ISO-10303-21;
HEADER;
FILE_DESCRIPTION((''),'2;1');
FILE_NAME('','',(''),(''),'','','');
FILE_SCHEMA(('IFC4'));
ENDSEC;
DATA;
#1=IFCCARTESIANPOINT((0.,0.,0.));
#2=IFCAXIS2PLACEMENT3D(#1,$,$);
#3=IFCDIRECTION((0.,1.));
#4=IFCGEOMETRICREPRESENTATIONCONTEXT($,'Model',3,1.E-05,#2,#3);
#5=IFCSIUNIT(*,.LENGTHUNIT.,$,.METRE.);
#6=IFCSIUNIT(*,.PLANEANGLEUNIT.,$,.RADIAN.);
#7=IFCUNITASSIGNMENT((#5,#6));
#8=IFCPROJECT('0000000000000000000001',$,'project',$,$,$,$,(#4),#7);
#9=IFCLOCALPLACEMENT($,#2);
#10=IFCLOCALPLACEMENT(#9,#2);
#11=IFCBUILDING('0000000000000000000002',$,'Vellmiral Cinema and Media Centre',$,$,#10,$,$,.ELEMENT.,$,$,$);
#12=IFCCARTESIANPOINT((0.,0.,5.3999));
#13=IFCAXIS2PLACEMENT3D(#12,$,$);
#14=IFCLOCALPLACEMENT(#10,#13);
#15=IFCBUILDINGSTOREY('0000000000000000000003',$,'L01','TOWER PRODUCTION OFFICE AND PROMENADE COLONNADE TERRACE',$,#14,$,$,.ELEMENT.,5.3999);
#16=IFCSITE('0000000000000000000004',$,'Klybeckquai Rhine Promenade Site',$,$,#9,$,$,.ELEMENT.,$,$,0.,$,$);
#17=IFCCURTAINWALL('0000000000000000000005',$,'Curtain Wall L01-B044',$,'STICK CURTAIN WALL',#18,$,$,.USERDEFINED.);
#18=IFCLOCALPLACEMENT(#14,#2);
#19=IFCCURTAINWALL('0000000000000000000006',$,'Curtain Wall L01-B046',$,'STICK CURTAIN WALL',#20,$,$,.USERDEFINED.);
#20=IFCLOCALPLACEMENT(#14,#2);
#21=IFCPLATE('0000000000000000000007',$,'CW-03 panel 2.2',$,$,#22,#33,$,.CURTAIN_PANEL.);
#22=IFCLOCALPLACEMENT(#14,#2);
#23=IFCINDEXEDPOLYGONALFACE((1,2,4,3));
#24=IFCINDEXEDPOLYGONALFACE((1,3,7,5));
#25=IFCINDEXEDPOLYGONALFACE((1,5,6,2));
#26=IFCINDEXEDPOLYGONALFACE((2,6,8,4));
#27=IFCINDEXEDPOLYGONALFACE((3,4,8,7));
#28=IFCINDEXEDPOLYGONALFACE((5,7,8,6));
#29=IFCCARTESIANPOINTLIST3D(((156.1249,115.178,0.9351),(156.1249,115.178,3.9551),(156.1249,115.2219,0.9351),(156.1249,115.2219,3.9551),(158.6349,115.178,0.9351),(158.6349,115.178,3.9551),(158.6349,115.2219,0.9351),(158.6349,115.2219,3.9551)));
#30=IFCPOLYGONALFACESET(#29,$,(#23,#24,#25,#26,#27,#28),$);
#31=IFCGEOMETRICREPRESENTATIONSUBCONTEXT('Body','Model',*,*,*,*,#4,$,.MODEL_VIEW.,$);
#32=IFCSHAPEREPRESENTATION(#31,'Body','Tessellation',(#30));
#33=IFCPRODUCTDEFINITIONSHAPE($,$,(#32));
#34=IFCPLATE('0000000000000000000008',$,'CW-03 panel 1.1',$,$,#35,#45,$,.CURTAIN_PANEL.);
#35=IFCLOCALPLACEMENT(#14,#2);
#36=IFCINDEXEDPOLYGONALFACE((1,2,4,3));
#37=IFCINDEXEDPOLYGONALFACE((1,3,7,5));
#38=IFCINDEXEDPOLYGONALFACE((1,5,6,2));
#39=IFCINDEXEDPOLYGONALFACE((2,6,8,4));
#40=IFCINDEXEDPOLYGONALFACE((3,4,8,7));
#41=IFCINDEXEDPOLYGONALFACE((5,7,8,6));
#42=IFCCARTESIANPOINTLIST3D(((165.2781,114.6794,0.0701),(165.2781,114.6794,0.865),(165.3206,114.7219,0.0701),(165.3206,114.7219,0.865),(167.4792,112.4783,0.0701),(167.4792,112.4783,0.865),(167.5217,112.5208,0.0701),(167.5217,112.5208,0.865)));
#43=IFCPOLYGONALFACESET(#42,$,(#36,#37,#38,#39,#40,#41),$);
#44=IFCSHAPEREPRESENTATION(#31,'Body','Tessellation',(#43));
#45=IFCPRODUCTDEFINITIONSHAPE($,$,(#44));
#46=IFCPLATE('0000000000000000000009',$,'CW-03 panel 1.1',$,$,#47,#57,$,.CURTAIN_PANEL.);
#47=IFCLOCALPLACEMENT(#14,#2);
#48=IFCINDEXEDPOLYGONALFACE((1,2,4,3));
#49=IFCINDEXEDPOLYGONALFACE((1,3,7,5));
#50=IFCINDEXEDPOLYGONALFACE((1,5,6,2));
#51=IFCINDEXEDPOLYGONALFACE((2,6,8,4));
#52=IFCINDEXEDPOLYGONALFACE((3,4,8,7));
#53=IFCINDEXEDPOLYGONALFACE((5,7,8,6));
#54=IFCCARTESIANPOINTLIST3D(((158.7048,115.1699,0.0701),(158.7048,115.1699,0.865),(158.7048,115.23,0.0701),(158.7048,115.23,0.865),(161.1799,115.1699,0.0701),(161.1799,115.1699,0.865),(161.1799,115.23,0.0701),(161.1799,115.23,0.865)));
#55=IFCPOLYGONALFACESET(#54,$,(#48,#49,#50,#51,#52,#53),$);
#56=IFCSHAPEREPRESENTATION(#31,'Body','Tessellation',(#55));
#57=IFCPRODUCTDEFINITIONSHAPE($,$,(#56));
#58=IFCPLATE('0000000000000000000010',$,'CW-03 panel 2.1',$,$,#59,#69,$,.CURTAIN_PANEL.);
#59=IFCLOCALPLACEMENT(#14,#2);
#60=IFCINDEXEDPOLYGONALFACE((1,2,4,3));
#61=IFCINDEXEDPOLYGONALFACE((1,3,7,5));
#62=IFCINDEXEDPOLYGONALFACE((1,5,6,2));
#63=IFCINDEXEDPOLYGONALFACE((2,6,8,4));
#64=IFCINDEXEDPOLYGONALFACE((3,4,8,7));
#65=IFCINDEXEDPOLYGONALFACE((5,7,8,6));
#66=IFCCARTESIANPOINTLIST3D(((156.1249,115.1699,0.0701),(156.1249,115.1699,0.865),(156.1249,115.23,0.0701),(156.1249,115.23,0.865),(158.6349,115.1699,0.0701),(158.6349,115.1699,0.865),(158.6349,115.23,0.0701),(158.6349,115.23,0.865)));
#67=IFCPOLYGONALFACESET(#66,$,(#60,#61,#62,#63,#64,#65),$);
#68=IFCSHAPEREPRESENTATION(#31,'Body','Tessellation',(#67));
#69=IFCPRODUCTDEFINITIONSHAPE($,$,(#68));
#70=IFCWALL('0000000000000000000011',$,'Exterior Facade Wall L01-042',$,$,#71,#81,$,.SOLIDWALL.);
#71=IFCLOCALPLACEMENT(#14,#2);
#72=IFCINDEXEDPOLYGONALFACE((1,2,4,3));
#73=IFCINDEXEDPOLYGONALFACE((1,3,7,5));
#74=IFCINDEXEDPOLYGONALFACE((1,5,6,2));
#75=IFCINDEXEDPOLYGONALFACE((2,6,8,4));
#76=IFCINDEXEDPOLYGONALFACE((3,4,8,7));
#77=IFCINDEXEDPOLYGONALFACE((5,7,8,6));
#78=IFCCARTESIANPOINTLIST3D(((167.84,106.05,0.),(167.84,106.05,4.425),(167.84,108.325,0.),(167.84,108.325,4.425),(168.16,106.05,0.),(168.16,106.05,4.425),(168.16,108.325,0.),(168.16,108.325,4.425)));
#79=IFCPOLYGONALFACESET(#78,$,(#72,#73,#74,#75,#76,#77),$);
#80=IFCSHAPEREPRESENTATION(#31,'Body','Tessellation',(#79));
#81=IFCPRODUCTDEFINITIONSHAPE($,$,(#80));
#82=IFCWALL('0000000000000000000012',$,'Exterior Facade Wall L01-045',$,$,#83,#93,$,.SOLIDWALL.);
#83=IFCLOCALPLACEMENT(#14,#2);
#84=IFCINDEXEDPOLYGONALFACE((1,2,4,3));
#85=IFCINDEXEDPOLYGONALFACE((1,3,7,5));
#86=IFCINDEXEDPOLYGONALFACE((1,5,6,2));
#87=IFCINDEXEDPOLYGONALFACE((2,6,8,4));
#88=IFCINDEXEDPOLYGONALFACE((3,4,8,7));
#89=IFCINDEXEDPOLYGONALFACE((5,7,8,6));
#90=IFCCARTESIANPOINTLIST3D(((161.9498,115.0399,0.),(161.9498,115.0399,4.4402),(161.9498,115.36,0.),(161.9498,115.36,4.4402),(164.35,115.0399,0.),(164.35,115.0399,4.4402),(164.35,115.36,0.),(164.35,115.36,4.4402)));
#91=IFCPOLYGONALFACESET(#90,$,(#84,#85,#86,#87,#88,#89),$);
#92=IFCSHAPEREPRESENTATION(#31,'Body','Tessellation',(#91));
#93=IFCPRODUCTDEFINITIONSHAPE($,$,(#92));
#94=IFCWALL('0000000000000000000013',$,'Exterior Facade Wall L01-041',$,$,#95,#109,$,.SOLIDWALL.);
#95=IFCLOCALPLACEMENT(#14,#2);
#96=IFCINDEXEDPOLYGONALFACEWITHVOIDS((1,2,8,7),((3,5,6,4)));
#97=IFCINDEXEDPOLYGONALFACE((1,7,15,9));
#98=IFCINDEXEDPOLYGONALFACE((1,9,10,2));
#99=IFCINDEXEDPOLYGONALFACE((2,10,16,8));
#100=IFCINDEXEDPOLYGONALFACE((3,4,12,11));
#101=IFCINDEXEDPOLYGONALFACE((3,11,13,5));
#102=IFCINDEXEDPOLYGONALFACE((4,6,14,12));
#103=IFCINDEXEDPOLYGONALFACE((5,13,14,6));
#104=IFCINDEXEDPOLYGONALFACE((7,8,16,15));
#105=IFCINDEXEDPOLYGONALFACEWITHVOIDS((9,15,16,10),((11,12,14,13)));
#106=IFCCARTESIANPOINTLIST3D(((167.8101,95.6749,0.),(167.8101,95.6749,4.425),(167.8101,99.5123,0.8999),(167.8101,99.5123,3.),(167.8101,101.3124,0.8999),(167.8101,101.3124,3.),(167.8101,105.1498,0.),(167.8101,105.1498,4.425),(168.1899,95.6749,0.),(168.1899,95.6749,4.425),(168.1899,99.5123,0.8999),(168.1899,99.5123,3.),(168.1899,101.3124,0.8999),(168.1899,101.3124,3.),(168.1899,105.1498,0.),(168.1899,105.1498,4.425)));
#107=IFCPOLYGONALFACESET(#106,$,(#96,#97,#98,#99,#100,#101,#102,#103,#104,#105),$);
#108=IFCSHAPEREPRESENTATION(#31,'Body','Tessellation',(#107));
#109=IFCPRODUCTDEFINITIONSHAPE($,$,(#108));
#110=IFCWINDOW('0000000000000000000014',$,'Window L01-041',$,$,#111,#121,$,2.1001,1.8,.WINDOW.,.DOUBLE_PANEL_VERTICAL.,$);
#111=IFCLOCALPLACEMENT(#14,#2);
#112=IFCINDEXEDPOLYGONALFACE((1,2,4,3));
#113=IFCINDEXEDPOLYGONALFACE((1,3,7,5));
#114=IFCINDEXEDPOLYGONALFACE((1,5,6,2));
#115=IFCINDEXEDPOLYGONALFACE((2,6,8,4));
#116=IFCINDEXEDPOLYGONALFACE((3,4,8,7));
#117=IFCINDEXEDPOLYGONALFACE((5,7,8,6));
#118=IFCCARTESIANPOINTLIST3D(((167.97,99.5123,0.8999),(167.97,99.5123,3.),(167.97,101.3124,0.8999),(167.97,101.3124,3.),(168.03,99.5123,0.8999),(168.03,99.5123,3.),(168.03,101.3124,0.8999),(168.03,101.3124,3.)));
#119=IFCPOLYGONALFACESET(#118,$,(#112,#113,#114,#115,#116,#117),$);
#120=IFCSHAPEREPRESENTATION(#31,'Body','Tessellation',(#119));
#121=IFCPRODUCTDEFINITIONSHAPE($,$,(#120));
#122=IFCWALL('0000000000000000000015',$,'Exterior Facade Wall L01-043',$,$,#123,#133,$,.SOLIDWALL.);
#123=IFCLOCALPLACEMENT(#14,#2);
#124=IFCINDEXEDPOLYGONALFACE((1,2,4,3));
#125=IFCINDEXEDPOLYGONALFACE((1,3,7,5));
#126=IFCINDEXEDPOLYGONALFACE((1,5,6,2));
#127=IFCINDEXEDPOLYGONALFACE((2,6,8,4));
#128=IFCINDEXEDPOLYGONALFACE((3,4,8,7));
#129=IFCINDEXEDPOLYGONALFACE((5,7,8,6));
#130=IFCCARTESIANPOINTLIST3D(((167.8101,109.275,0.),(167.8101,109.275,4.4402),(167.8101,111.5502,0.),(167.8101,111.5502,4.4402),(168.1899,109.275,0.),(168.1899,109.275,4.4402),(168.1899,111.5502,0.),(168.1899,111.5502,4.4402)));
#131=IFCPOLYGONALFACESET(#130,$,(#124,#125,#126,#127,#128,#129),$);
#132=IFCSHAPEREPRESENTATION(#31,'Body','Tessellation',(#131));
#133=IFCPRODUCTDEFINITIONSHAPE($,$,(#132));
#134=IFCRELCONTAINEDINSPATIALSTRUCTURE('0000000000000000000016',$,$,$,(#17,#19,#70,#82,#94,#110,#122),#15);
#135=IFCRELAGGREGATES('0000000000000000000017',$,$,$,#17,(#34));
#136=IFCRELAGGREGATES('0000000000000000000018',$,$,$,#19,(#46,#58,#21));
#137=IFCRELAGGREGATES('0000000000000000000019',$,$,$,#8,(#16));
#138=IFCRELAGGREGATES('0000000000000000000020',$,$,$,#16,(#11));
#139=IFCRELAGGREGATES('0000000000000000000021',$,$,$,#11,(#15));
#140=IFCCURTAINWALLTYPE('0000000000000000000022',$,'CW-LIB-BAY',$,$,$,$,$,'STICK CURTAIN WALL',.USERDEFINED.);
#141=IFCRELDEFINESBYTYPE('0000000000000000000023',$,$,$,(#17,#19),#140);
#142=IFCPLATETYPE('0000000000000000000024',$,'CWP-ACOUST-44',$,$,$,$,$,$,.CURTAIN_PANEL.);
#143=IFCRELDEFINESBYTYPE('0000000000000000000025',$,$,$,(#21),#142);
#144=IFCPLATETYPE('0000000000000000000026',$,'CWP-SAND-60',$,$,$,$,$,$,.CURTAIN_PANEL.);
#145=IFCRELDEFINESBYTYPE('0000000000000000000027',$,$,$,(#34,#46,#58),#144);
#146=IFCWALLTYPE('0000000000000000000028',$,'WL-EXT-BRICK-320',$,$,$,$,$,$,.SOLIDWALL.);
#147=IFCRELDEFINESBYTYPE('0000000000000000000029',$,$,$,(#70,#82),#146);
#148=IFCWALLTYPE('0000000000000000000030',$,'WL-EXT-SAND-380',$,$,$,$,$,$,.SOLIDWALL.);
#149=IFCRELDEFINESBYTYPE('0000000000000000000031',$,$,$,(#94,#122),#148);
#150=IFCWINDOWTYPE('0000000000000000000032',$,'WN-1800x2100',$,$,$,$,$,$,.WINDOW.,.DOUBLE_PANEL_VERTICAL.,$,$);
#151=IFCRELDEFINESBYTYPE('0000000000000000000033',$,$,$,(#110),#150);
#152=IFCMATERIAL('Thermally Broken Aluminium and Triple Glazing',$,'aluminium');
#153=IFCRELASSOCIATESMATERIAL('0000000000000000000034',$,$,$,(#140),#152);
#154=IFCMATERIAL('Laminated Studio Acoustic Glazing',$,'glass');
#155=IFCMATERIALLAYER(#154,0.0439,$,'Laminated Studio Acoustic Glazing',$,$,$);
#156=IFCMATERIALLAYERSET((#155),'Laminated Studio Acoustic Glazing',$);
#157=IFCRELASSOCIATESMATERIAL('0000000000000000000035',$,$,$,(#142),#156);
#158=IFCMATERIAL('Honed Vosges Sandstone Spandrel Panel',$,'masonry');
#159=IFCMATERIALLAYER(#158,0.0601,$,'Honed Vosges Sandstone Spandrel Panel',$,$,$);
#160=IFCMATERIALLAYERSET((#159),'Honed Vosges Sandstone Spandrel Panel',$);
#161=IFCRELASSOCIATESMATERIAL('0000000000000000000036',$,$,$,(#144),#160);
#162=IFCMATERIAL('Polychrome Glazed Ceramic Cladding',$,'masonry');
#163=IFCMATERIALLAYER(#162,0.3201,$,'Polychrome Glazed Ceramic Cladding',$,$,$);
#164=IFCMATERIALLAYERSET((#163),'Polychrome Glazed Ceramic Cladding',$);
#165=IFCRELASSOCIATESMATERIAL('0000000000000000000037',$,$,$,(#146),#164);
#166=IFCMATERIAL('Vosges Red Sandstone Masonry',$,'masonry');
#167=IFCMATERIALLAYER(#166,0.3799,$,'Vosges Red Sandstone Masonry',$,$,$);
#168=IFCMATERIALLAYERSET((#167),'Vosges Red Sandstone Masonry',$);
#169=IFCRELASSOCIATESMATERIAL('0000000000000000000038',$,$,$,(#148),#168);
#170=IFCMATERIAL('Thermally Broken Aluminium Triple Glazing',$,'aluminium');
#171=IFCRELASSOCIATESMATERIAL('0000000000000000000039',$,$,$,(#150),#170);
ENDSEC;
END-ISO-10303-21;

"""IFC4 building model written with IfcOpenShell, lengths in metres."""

from ifc_helpers import new_model, si_unit, direction, frame, frame_2d, origin, origin_2d, place, context, subcontext, project, spatial, rectangle, extrude, material, layer, layer_set, type_object, element, fill, aggregate, save


model = new_model("IFC4")

# Units and contexts
model_context = context("Model", 3, precision=1e-05, world=origin(), true_north=direction((0.0, 1.0)))
body_context = subcontext(model_context, "Body", "Model", "MODEL_VIEW")
ifc_project = project(units=[si_unit("LENGTHUNIT", "METRE"), si_unit("PLANEANGLEUNIT", "RADIAN")], contexts=[model_context])

# Site, building, storey
site_placement = place(None, origin())
site = spatial("IfcSite", under=ifc_project, at=site_placement, Name="Klybeckquai Rhine Promenade Site", CompositionType="ELEMENT", RefElevation=0.0)
building_placement = place(site_placement, origin())
building = spatial("IfcBuilding", under=site, at=building_placement, Name="Vellmiral Cinema and Media Centre", CompositionType="ELEMENT")
storey_placement = place(building_placement, frame((0.0, 0.0, 5.3999)))
storey = spatial("IfcBuildingStorey", under=building, at=storey_placement, Name="L01", Description="TOWER PRODUCTION OFFICE AND PROMENADE COLONNADE TERRACE", CompositionType="ELEMENT", Elevation=5.3999)

# Curtain walls
ifc_material_1 = material(Name="Thermally Broken Aluminium and Triple Glazing", Category="aluminium")
curtain_wall_type = type_object("IfcCurtainWallType", Name="CW-LIB-BAY", ElementType="STICK CURTAIN WALL", PredefinedType="USERDEFINED", material=ifc_material_1)
curtain_wall_1_placement = place(storey_placement, origin())
curtain_wall_1 = element("IfcCurtainWall", 1, at=curtain_wall_1_placement, inside=storey, type_object=curtain_wall_type, Name="Curtain Wall L01-B044", ObjectType="STICK CURTAIN WALL", PredefinedType="USERDEFINED")
curtain_wall_2_placement = place(storey_placement, origin())
curtain_wall_2 = element("IfcCurtainWall", 2, at=curtain_wall_2_placement, inside=storey, type_object=curtain_wall_type, Name="Curtain Wall L01-B046", ObjectType="STICK CURTAIN WALL", PredefinedType="USERDEFINED")

# Plates
ifc_material_2 = material(Name="Laminated Studio Acoustic Glazing", Category="glass")
ifc_layer_1 = layer(ifc_material_2, 0.0439, Name="Laminated Studio Acoustic Glazing")
ifc_layer_set_1 = layer_set([ifc_layer_1], Name="Laminated Studio Acoustic Glazing")
plate_type_1 = type_object("IfcPlateType", Name="CWP-ACOUST-44", PredefinedType="CURTAIN_PANEL", material=ifc_layer_set_1)
plate_1_placement = place(storey_placement, frame((157.3799, 115.2, 0.9351), z_axis=(0.0, 0.0, 1.0), x_axis=(-1.0, 0.0, 0.0)))
plate_1 = element("IfcPlate", 3, at=plate_1_placement, type_object=plate_type_1, Name="CW-03 panel 2.2", PredefinedType="CURTAIN_PANEL", context=body_context, shape_type="SweptSolid", body=[
    extrude(rectangle(XDim=2.51, YDim=0.0439, at=origin_2d()), origin(), (0.0, 0.0, 1.0), 3.02),
])
ifc_material_3 = material(Name="Honed Vosges Sandstone Spandrel Panel", Category="masonry")
ifc_layer_2 = layer(ifc_material_3, 0.0601, Name="Honed Vosges Sandstone Spandrel Panel")
ifc_layer_set_2 = layer_set([ifc_layer_2], Name="Honed Vosges Sandstone Spandrel Panel")
plate_type_2 = type_object("IfcPlateType", Name="CWP-SAND-60", PredefinedType="CURTAIN_PANEL", material=ifc_layer_set_2)
plate_2_placement = place(storey_placement, frame((166.3999, 113.6001, 0.0701), z_axis=(0.0, 0.0, 1.0), x_axis=(-0.707107, 0.707107, 0.0)))
plate_2 = element("IfcPlate", 4, at=plate_2_placement, type_object=plate_type_2, Name="CW-03 panel 1.1", PredefinedType="CURTAIN_PANEL", context=body_context, shape_type="SweptSolid", body=[
    extrude(rectangle(XDim=3.1128, YDim=0.0601, at=origin_2d()), origin(), (0.0, 0.0, 1.0), 0.7949),
])
aggregate(curtain_wall_1, [plate_2])
plate_3_placement = place(storey_placement, frame((159.9424, 115.2, 0.0701), z_axis=(0.0, 0.0, 1.0), x_axis=(-1.0, 0.0, 0.0)))
plate_3 = element("IfcPlate", 5, at=plate_3_placement, type_object=plate_type_2, Name="CW-03 panel 1.1", PredefinedType="CURTAIN_PANEL", context=body_context, shape_type="SweptSolid", body=[
    extrude(rectangle(XDim=2.4751, YDim=0.0601, at=origin_2d()), origin(), (0.0, 0.0, 1.0), 0.7949),
])
plate_4_placement = place(storey_placement, frame((157.3799, 115.2, 0.0701), z_axis=(0.0, 0.0, 1.0), x_axis=(-1.0, 0.0, 0.0)))
plate_4 = element("IfcPlate", 6, at=plate_4_placement, type_object=plate_type_2, Name="CW-03 panel 2.1", PredefinedType="CURTAIN_PANEL", context=body_context, shape_type="SweptSolid", body=[
    extrude(rectangle(XDim=2.51, YDim=0.0601, at=origin_2d()), origin(), (0.0, 0.0, 1.0), 0.7949),
])
aggregate(curtain_wall_2, [plate_3, plate_4, plate_1])

# Walls
ifc_material_4 = material(Name="Polychrome Glazed Ceramic Cladding", Category="masonry")
ifc_layer_3 = layer(ifc_material_4, 0.3201, Name="Polychrome Glazed Ceramic Cladding")
ifc_layer_set_3 = layer_set([ifc_layer_3], Name="Polychrome Glazed Ceramic Cladding")
wall_type_1 = type_object("IfcWallType", Name="WL-EXT-BRICK-320", PredefinedType="SOLIDWALL", material=ifc_layer_set_3)
wall_1_placement = place(storey_placement, frame((168.0, 106.05, 0.0), z_axis=(0.0, 0.0, 1.0), x_axis=(0.0, 1.0, 0.0)))
element("IfcWall", 7, at=wall_1_placement, inside=storey, type_object=wall_type_1, Name="Exterior Facade Wall L01-042", PredefinedType="SOLIDWALL", context=body_context, shape_type="SweptSolid", body=[
    extrude(rectangle(XDim=2.2749, YDim=0.3201, at=frame_2d((1.1375, 0.0))), origin(), (0.0, 0.0, 1.0), 4.425),
])
wall_2_placement = place(storey_placement, frame((164.3501, 115.2, 0.0), z_axis=(0.0, 0.0, 1.0), x_axis=(-1.0, 0.0, 0.0)))
element("IfcWall", 8, at=wall_2_placement, inside=storey, type_object=wall_type_1, Name="Exterior Facade Wall L01-045", PredefinedType="SOLIDWALL", context=body_context, shape_type="SweptSolid", body=[
    extrude(rectangle(XDim=2.4001, YDim=0.3201, at=frame_2d((1.2002, 0.0))), origin(), (0.0, 0.0, 1.0), 4.4402),
])

# Wall, opening, window
ifc_material_5 = material(Name="Vosges Red Sandstone Masonry", Category="masonry")
ifc_layer_4 = layer(ifc_material_5, 0.3799, Name="Vosges Red Sandstone Masonry")
ifc_layer_set_4 = layer_set([ifc_layer_4], Name="Vosges Red Sandstone Masonry")
wall_type_2 = type_object("IfcWallType", Name="WL-EXT-SAND-380", PredefinedType="SOLIDWALL", material=ifc_layer_set_4)
wall_3_placement = place(storey_placement, frame((168.0, 95.675, 0.0), z_axis=(0.0, 0.0, 1.0), x_axis=(0.0, 1.0, 0.0)))
wall_3 = element("IfcWall", 9, at=wall_3_placement, inside=storey, type_object=wall_type_2, Name="Exterior Facade Wall L01-041", PredefinedType="SOLIDWALL", context=body_context, shape_type="SweptSolid", body=[
    extrude(rectangle(XDim=9.4749, YDim=0.3799, at=frame_2d((4.7373, 0.0))), origin(), (0.0, 0.0, 1.0), 4.425),
])
opening_placement = place(wall_3_placement, frame((3.8374, 0.0, 0.8999)))
opening = element("IfcOpeningElement", 10, at=opening_placement, cuts=wall_3, PredefinedType="OPENING", context=body_context, shape_type="SweptSolid", body=[
    extrude(rectangle(XDim=1.8, YDim=2.1001, at=frame_2d((0.8999, 1.05))), frame((0.0, 0.2019, 0.0), z_axis=(0.0, -1.0, 0.0), x_axis=(1.0, 0.0, 0.0)), (0.0, 0.0, 1.0), 0.4038),
])
ifc_material_6 = material(Name="Thermally Broken Aluminium Triple Glazing", Category="aluminium")
window_type = type_object("IfcWindowType", Name="WN-1800x2100", PartitioningType="DOUBLE_PANEL_VERTICAL", PredefinedType="WINDOW", material=ifc_material_6)
window_placement = place(opening_placement, origin())
window = element("IfcWindow", 11, at=window_placement, inside=storey, type_object=window_type, Name="Window L01-041", OverallHeight=2.1001, OverallWidth=1.8, PartitioningType="DOUBLE_PANEL_VERTICAL", PredefinedType="WINDOW", context=body_context, shape_type="SweptSolid", body=[
    extrude(rectangle(XDim=1.8, YDim=2.1001, at=frame_2d((0.8999, 1.05))), frame((0.0, 0.03, 0.0), z_axis=(0.0, -1.0, 0.0), x_axis=(1.0, 0.0, 0.0)), (0.0, 0.0, 1.0), 0.0601),
])
fill(opening, window)

# Wall
wall_4_placement = place(storey_placement, frame((168.0, 109.2749, 0.0), z_axis=(0.0, 0.0, 1.0), x_axis=(0.0, 1.0, 0.0)))
element("IfcWall", 12, at=wall_4_placement, inside=storey, type_object=wall_type_2, Name="Exterior Facade Wall L01-043", PredefinedType="SOLIDWALL", context=body_context, shape_type="SweptSolid", body=[
    extrude(rectangle(XDim=2.2751, YDim=0.3799, at=frame_2d((1.1377, 0.0))), origin(), (0.0, 0.0, 1.0), 4.4402),
])

save(model, "model.ifc")
